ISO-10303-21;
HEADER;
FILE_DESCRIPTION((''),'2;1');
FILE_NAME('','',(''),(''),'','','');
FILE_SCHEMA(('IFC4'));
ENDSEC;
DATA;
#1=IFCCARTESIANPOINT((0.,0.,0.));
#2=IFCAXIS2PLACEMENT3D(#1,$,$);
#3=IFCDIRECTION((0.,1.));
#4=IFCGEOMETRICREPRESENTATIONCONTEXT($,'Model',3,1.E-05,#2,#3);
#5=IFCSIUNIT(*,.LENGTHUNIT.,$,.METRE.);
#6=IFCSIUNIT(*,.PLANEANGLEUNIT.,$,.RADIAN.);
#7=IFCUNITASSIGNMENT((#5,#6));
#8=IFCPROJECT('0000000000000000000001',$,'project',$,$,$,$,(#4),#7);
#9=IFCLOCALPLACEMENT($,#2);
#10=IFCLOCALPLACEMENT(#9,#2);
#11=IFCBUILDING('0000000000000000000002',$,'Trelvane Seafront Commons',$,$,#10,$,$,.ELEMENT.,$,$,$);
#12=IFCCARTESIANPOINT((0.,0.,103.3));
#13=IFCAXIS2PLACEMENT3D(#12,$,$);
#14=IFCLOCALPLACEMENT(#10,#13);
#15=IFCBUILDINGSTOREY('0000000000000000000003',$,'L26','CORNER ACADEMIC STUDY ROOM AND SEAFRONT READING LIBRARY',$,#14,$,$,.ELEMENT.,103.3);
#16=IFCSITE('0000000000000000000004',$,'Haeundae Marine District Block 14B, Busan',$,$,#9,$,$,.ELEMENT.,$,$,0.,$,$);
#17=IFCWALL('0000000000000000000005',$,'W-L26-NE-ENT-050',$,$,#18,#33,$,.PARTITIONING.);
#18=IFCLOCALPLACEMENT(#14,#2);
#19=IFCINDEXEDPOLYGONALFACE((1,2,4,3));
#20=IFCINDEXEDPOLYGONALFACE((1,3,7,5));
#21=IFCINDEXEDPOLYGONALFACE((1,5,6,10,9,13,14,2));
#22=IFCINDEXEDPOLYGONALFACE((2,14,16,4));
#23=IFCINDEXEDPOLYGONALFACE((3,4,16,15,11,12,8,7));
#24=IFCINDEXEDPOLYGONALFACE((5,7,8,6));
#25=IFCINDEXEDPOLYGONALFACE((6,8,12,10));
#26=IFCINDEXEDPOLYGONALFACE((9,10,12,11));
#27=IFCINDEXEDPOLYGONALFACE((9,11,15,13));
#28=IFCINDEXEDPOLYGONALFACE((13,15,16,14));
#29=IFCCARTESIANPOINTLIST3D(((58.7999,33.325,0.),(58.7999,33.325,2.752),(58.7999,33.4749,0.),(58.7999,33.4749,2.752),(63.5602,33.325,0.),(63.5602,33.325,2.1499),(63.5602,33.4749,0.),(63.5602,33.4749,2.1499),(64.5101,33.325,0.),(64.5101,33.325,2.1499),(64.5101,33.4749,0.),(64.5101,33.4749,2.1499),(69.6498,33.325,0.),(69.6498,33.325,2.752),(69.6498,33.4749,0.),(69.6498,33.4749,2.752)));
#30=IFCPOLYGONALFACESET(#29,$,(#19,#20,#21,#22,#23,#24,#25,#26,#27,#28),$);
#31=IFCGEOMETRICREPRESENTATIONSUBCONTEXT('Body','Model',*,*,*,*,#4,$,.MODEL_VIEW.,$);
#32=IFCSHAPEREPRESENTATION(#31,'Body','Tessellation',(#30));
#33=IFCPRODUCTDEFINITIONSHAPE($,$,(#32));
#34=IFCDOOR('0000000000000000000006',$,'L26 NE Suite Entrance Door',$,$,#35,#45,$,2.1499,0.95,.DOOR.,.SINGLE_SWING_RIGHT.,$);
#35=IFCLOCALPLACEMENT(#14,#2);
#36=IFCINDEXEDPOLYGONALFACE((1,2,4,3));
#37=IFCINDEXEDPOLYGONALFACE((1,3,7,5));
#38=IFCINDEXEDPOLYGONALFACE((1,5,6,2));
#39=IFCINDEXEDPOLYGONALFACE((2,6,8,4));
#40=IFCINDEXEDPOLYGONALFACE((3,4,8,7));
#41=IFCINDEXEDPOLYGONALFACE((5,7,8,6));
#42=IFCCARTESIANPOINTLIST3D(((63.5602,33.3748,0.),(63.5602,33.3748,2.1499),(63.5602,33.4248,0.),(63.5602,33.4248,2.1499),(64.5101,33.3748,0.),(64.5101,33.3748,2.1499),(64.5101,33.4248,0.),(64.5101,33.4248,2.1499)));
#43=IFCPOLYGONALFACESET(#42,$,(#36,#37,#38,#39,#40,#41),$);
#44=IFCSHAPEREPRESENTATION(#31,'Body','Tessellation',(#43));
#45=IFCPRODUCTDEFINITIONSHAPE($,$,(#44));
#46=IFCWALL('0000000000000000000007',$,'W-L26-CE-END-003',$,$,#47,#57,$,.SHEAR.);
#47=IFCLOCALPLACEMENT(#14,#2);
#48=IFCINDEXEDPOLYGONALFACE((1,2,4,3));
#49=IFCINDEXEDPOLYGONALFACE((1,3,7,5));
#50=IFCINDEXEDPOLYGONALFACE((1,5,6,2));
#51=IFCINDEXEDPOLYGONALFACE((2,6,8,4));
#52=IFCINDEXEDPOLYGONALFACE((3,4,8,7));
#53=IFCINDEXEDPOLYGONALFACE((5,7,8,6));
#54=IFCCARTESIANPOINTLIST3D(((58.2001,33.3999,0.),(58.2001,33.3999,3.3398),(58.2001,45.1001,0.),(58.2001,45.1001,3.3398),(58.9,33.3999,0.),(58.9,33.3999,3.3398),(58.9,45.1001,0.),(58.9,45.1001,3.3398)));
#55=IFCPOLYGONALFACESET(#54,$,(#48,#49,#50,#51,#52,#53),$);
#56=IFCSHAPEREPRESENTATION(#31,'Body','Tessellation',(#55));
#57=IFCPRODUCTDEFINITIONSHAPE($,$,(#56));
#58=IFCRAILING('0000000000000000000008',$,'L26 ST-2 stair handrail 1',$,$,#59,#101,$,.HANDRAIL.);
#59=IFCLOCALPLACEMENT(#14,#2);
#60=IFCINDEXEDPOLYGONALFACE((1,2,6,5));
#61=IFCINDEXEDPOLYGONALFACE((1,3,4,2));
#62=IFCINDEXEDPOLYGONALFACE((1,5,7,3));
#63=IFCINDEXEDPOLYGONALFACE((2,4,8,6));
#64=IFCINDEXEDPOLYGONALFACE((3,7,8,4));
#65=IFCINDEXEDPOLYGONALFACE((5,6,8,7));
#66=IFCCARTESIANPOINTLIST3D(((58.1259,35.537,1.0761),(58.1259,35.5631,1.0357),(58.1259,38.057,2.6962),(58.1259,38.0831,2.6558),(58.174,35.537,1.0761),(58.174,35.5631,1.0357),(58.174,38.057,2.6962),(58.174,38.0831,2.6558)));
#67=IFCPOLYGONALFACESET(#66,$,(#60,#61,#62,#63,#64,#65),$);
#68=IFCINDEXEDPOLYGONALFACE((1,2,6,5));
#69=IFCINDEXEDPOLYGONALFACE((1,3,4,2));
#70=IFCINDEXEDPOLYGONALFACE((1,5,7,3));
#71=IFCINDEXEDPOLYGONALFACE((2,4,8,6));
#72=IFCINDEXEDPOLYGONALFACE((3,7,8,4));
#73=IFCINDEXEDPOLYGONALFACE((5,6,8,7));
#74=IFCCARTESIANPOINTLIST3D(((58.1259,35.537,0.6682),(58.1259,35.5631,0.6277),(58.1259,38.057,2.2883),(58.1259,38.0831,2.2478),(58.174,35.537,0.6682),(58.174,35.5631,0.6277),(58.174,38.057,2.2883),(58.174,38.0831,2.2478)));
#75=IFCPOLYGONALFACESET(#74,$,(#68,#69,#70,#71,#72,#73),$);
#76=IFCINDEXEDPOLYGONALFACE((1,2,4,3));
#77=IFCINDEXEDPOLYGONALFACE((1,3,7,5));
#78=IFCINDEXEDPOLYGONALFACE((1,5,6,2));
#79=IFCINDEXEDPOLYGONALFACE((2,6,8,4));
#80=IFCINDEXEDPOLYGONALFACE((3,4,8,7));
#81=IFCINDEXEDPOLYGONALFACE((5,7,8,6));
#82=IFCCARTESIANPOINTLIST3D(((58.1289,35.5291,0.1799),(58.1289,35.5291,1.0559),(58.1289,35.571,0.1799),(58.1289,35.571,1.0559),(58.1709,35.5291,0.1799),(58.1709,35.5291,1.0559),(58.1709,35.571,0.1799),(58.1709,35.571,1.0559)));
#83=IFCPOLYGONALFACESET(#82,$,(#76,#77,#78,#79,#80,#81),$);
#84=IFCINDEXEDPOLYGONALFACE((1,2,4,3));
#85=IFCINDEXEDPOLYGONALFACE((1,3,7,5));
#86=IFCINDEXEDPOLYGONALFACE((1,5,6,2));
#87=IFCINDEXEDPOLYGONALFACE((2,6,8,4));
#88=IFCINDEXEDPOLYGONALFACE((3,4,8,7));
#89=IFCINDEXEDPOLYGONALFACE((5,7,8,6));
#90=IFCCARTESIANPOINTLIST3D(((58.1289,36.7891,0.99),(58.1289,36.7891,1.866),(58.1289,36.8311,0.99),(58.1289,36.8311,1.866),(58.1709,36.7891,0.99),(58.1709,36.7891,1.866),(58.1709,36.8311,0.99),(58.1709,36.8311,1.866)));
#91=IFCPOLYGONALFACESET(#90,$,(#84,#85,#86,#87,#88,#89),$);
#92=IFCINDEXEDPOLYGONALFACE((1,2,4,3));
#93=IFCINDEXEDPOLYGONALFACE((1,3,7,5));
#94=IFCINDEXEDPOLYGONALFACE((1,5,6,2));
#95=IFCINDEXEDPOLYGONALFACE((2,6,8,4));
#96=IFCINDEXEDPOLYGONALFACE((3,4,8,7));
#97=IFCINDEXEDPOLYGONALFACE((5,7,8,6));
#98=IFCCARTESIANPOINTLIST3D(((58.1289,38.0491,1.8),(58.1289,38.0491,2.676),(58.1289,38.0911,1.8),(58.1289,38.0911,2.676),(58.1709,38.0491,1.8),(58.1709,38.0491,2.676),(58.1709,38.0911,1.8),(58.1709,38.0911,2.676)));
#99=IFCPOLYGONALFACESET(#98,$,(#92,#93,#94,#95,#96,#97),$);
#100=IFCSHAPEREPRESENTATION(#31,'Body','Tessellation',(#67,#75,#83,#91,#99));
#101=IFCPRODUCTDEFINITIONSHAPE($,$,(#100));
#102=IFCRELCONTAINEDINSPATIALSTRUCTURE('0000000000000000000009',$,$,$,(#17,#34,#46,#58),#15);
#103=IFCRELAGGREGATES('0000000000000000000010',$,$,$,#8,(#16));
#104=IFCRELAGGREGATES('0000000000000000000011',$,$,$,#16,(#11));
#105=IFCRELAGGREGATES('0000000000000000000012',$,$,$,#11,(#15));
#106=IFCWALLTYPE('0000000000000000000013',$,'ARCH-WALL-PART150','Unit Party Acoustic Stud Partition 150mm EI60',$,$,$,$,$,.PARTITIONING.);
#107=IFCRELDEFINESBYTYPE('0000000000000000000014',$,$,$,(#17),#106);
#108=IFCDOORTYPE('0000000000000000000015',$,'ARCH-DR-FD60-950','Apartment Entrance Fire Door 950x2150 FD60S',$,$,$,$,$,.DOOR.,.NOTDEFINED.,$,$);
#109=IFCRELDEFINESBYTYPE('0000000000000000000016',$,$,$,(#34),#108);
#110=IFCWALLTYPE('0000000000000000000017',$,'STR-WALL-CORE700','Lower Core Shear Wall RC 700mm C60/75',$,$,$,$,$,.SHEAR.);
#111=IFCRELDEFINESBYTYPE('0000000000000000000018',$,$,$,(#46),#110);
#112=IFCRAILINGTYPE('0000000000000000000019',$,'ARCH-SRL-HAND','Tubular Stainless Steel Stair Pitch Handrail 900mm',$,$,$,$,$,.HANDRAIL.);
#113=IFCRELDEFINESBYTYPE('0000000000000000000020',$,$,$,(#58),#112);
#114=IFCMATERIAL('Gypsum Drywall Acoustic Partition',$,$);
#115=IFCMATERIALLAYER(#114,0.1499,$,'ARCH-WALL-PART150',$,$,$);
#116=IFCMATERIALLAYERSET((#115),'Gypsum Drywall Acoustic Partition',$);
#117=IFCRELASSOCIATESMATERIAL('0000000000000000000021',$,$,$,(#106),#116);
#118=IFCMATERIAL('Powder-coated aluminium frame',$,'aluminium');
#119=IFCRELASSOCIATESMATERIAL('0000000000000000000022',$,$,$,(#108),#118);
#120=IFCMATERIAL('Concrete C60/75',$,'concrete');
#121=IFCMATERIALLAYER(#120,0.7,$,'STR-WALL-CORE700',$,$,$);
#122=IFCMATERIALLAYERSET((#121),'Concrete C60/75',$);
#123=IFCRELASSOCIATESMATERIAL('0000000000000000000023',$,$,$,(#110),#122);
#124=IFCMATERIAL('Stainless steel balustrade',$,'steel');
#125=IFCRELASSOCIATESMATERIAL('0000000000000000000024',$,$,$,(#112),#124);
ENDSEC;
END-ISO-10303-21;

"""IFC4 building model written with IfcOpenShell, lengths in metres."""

from ifc_helpers import new_model, si_unit, direction, frame, frame_2d, origin, origin_2d, place, context, subcontext, project, spatial, rectangle, extrude, source, transform, mapped, material, layer, layer_set, type_object, element, fill, save


model = new_model("IFC4")

# Units and contexts
model_context = context("Model", 3, precision=1e-05, world=origin(), true_north=direction((0.0, 1.0)))
body_context = subcontext(model_context, "Body", "Model", "MODEL_VIEW")
ifc_project = project(units=[si_unit("LENGTHUNIT", "METRE"), si_unit("PLANEANGLEUNIT", "RADIAN")], contexts=[model_context])

# Site, building, storey
site_placement = place(None, origin())
site = spatial("IfcSite", under=ifc_project, at=site_placement, Name="Haeundae Marine District Block 14B, Busan", CompositionType="ELEMENT", RefElevation=0.0)
building_placement = place(site_placement, origin())
building = spatial("IfcBuilding", under=site, at=building_placement, Name="Trelvane Seafront Commons", CompositionType="ELEMENT")
storey_placement = place(building_placement, frame((0.0, 0.0, 103.3)))
storey = spatial("IfcBuildingStorey", under=building, at=storey_placement, Name="L26", Description="CORNER ACADEMIC STUDY ROOM AND SEAFRONT READING LIBRARY", CompositionType="ELEMENT", Elevation=103.3)

# Shared definitions
ifc_material_1 = material(Name="Concrete C60/75", Category="concrete")

# Wall, opening, door
ifc_material_2 = material(Name="Gypsum Drywall Acoustic Partition")
ifc_layer_1 = layer(ifc_material_2, 0.1499, Name="ARCH-WALL-PART150")
ifc_layer_set_1 = layer_set([ifc_layer_1], Name="Gypsum Drywall Acoustic Partition")
wall_type_1 = type_object("IfcWallType", Name="ARCH-WALL-PART150", Description="Unit Party Acoustic Stud Partition 150mm EI60", PredefinedType="PARTITIONING", material=ifc_layer_set_1)
wall_1_placement = place(storey_placement, frame((58.8, 33.3999, 0.0), z_axis=(0.0, 0.0, 1.0), x_axis=(1.0, 0.0, 0.0)))
wall_1 = element("IfcWall", 1, at=wall_1_placement, inside=storey, type_object=wall_type_1, Name="W-L26-NE-ENT-050", PredefinedType="PARTITIONING", context=body_context, shape_type="SweptSolid", body=[
    extrude(rectangle(XDim=10.8499, YDim=0.1499, at=frame_2d((5.4248, 0.0))), origin(), (0.0, 0.0, 1.0), 2.752),
])
opening_1_placement = place(wall_1_placement, frame((4.76, 0.0, 0.0)))
opening_1 = element("IfcOpeningElement", 2, at=opening_1_placement, cuts=wall_1, PredefinedType="OPENING", context=body_context, shape_type="SweptSolid", body=[
    extrude(rectangle(XDim=0.95, YDim=2.1499, at=frame_2d((0.4751, 1.075))), frame((0.0, 0.085, 0.0), z_axis=(0.0, -1.0, 0.0), x_axis=(1.0, 0.0, 0.0)), (0.0, 0.0, 1.0), 0.1699),
])
ifc_material_3 = material(Name="Powder-coated aluminium frame", Category="aluminium")
door_type = type_object("IfcDoorType", Name="ARCH-DR-FD60-950", Description="Apartment Entrance Fire Door 950x2150 FD60S", OperationType="NOTDEFINED", PredefinedType="DOOR", material=ifc_material_3)
shared_shape_1 = source(origin(), body_context, "Body", "SweptSolid", [
    extrude(rectangle(XDim=0.95, YDim=2.1499, at=frame_2d((0.4751, 1.075))), frame((0.0, 0.0249, 0.0), z_axis=(0.0, -1.0, 0.0), x_axis=(1.0, 0.0, 0.0)), (0.0, 0.0, 1.0), 0.05),
])
door_1_placement = place(opening_1_placement, origin())
door_1 = element("IfcDoor", 3, at=door_1_placement, inside=storey, type_object=door_type, Name="L26 NE Suite Entrance Door", OperationType="SINGLE_SWING_RIGHT", OverallHeight=2.1499, OverallWidth=0.95, PredefinedType="DOOR", context=body_context, shape_type="MappedRepresentation", body=[
    mapped(shared_shape_1, transform((0.0, 0.0, 0.0), x_axis=(1.0, 0.0, 0.0), y_axis=(0.0, 1.0, 0.0), z_axis=(0.0, 0.0, 1.0), scale=1.0)),
])
fill(opening_1, door_1)

# Wall
ifc_layer_2 = layer(ifc_material_1, 0.7, Name="STR-WALL-CORE700")
ifc_layer_set_2 = layer_set([ifc_layer_2], Name="Concrete C60/75")
wall_type_2 = type_object("IfcWallType", Name="STR-WALL-CORE700", Description="Lower Core Shear Wall RC 700mm C60/75", PredefinedType="SHEAR", material=ifc_layer_set_2)
wall_2_placement = place(storey_placement, frame((58.55, 33.3999, 0.0), z_axis=(0.0, 0.0, 1.0), x_axis=(0.0, 1.0, 0.0)))
element("IfcWall", 4, at=wall_2_placement, inside=storey, type_object=wall_type_2, Name="W-L26-CE-END-003", PredefinedType="SHEAR", context=body_context, shape_type="SweptSolid", body=[
    extrude(rectangle(XDim=11.7002, YDim=0.7, at=frame_2d((5.8501, 0.0))), origin(), (0.0, 0.0, 1.0), 3.3398),
])

# Railing
ifc_material_4 = material(Name="Stainless steel balustrade", Category="steel")
railing_type = type_object("IfcRailingType", Name="ARCH-SRL-HAND", Description="Tubular Stainless Steel Stair Pitch Handrail 900mm", PredefinedType="HANDRAIL", material=ifc_material_4)
railing_placement = place(storey_placement, frame((58.1499, 35.55, 0.1799)))
element("IfcRailing", 5, at=railing_placement, inside=storey, type_object=railing_type, Name="L26 ST-2 stair handrail 1", PredefinedType="HANDRAIL", context=body_context, shape_type="SweptSolid", body=[
    extrude(rectangle(XDim=0.0481, YDim=0.0481, at=origin_2d()), frame((0.0, 0.0, 0.876), z_axis=(0.0, 0.841163, 0.540782), x_axis=(-1.0, 0.0, 0.0)), (0.0, 0.0, 1.0), 2.9958),
    extrude(rectangle(XDim=0.0481, YDim=0.0481, at=origin_2d()), frame((0.0, 0.0, 0.468), z_axis=(0.0, 0.841163, 0.540782), x_axis=(-1.0, 0.0, 0.0)), (0.0, 0.0, 1.0), 2.9958),
    extrude(rectangle(XDim=0.042, YDim=0.042, at=origin_2d()), origin(), (0.0, 0.0, 1.0), 0.876),
    extrude(rectangle(XDim=0.042, YDim=0.042, at=origin_2d()), frame((0.0, 1.26, 0.8101)), (0.0, 0.0, 1.0), 0.876),
    extrude(rectangle(XDim=0.042, YDim=0.042, at=origin_2d()), frame((0.0, 2.52, 1.6201)), (0.0, 0.0, 1.0), 0.876),
])

save(model, "model.ifc")
